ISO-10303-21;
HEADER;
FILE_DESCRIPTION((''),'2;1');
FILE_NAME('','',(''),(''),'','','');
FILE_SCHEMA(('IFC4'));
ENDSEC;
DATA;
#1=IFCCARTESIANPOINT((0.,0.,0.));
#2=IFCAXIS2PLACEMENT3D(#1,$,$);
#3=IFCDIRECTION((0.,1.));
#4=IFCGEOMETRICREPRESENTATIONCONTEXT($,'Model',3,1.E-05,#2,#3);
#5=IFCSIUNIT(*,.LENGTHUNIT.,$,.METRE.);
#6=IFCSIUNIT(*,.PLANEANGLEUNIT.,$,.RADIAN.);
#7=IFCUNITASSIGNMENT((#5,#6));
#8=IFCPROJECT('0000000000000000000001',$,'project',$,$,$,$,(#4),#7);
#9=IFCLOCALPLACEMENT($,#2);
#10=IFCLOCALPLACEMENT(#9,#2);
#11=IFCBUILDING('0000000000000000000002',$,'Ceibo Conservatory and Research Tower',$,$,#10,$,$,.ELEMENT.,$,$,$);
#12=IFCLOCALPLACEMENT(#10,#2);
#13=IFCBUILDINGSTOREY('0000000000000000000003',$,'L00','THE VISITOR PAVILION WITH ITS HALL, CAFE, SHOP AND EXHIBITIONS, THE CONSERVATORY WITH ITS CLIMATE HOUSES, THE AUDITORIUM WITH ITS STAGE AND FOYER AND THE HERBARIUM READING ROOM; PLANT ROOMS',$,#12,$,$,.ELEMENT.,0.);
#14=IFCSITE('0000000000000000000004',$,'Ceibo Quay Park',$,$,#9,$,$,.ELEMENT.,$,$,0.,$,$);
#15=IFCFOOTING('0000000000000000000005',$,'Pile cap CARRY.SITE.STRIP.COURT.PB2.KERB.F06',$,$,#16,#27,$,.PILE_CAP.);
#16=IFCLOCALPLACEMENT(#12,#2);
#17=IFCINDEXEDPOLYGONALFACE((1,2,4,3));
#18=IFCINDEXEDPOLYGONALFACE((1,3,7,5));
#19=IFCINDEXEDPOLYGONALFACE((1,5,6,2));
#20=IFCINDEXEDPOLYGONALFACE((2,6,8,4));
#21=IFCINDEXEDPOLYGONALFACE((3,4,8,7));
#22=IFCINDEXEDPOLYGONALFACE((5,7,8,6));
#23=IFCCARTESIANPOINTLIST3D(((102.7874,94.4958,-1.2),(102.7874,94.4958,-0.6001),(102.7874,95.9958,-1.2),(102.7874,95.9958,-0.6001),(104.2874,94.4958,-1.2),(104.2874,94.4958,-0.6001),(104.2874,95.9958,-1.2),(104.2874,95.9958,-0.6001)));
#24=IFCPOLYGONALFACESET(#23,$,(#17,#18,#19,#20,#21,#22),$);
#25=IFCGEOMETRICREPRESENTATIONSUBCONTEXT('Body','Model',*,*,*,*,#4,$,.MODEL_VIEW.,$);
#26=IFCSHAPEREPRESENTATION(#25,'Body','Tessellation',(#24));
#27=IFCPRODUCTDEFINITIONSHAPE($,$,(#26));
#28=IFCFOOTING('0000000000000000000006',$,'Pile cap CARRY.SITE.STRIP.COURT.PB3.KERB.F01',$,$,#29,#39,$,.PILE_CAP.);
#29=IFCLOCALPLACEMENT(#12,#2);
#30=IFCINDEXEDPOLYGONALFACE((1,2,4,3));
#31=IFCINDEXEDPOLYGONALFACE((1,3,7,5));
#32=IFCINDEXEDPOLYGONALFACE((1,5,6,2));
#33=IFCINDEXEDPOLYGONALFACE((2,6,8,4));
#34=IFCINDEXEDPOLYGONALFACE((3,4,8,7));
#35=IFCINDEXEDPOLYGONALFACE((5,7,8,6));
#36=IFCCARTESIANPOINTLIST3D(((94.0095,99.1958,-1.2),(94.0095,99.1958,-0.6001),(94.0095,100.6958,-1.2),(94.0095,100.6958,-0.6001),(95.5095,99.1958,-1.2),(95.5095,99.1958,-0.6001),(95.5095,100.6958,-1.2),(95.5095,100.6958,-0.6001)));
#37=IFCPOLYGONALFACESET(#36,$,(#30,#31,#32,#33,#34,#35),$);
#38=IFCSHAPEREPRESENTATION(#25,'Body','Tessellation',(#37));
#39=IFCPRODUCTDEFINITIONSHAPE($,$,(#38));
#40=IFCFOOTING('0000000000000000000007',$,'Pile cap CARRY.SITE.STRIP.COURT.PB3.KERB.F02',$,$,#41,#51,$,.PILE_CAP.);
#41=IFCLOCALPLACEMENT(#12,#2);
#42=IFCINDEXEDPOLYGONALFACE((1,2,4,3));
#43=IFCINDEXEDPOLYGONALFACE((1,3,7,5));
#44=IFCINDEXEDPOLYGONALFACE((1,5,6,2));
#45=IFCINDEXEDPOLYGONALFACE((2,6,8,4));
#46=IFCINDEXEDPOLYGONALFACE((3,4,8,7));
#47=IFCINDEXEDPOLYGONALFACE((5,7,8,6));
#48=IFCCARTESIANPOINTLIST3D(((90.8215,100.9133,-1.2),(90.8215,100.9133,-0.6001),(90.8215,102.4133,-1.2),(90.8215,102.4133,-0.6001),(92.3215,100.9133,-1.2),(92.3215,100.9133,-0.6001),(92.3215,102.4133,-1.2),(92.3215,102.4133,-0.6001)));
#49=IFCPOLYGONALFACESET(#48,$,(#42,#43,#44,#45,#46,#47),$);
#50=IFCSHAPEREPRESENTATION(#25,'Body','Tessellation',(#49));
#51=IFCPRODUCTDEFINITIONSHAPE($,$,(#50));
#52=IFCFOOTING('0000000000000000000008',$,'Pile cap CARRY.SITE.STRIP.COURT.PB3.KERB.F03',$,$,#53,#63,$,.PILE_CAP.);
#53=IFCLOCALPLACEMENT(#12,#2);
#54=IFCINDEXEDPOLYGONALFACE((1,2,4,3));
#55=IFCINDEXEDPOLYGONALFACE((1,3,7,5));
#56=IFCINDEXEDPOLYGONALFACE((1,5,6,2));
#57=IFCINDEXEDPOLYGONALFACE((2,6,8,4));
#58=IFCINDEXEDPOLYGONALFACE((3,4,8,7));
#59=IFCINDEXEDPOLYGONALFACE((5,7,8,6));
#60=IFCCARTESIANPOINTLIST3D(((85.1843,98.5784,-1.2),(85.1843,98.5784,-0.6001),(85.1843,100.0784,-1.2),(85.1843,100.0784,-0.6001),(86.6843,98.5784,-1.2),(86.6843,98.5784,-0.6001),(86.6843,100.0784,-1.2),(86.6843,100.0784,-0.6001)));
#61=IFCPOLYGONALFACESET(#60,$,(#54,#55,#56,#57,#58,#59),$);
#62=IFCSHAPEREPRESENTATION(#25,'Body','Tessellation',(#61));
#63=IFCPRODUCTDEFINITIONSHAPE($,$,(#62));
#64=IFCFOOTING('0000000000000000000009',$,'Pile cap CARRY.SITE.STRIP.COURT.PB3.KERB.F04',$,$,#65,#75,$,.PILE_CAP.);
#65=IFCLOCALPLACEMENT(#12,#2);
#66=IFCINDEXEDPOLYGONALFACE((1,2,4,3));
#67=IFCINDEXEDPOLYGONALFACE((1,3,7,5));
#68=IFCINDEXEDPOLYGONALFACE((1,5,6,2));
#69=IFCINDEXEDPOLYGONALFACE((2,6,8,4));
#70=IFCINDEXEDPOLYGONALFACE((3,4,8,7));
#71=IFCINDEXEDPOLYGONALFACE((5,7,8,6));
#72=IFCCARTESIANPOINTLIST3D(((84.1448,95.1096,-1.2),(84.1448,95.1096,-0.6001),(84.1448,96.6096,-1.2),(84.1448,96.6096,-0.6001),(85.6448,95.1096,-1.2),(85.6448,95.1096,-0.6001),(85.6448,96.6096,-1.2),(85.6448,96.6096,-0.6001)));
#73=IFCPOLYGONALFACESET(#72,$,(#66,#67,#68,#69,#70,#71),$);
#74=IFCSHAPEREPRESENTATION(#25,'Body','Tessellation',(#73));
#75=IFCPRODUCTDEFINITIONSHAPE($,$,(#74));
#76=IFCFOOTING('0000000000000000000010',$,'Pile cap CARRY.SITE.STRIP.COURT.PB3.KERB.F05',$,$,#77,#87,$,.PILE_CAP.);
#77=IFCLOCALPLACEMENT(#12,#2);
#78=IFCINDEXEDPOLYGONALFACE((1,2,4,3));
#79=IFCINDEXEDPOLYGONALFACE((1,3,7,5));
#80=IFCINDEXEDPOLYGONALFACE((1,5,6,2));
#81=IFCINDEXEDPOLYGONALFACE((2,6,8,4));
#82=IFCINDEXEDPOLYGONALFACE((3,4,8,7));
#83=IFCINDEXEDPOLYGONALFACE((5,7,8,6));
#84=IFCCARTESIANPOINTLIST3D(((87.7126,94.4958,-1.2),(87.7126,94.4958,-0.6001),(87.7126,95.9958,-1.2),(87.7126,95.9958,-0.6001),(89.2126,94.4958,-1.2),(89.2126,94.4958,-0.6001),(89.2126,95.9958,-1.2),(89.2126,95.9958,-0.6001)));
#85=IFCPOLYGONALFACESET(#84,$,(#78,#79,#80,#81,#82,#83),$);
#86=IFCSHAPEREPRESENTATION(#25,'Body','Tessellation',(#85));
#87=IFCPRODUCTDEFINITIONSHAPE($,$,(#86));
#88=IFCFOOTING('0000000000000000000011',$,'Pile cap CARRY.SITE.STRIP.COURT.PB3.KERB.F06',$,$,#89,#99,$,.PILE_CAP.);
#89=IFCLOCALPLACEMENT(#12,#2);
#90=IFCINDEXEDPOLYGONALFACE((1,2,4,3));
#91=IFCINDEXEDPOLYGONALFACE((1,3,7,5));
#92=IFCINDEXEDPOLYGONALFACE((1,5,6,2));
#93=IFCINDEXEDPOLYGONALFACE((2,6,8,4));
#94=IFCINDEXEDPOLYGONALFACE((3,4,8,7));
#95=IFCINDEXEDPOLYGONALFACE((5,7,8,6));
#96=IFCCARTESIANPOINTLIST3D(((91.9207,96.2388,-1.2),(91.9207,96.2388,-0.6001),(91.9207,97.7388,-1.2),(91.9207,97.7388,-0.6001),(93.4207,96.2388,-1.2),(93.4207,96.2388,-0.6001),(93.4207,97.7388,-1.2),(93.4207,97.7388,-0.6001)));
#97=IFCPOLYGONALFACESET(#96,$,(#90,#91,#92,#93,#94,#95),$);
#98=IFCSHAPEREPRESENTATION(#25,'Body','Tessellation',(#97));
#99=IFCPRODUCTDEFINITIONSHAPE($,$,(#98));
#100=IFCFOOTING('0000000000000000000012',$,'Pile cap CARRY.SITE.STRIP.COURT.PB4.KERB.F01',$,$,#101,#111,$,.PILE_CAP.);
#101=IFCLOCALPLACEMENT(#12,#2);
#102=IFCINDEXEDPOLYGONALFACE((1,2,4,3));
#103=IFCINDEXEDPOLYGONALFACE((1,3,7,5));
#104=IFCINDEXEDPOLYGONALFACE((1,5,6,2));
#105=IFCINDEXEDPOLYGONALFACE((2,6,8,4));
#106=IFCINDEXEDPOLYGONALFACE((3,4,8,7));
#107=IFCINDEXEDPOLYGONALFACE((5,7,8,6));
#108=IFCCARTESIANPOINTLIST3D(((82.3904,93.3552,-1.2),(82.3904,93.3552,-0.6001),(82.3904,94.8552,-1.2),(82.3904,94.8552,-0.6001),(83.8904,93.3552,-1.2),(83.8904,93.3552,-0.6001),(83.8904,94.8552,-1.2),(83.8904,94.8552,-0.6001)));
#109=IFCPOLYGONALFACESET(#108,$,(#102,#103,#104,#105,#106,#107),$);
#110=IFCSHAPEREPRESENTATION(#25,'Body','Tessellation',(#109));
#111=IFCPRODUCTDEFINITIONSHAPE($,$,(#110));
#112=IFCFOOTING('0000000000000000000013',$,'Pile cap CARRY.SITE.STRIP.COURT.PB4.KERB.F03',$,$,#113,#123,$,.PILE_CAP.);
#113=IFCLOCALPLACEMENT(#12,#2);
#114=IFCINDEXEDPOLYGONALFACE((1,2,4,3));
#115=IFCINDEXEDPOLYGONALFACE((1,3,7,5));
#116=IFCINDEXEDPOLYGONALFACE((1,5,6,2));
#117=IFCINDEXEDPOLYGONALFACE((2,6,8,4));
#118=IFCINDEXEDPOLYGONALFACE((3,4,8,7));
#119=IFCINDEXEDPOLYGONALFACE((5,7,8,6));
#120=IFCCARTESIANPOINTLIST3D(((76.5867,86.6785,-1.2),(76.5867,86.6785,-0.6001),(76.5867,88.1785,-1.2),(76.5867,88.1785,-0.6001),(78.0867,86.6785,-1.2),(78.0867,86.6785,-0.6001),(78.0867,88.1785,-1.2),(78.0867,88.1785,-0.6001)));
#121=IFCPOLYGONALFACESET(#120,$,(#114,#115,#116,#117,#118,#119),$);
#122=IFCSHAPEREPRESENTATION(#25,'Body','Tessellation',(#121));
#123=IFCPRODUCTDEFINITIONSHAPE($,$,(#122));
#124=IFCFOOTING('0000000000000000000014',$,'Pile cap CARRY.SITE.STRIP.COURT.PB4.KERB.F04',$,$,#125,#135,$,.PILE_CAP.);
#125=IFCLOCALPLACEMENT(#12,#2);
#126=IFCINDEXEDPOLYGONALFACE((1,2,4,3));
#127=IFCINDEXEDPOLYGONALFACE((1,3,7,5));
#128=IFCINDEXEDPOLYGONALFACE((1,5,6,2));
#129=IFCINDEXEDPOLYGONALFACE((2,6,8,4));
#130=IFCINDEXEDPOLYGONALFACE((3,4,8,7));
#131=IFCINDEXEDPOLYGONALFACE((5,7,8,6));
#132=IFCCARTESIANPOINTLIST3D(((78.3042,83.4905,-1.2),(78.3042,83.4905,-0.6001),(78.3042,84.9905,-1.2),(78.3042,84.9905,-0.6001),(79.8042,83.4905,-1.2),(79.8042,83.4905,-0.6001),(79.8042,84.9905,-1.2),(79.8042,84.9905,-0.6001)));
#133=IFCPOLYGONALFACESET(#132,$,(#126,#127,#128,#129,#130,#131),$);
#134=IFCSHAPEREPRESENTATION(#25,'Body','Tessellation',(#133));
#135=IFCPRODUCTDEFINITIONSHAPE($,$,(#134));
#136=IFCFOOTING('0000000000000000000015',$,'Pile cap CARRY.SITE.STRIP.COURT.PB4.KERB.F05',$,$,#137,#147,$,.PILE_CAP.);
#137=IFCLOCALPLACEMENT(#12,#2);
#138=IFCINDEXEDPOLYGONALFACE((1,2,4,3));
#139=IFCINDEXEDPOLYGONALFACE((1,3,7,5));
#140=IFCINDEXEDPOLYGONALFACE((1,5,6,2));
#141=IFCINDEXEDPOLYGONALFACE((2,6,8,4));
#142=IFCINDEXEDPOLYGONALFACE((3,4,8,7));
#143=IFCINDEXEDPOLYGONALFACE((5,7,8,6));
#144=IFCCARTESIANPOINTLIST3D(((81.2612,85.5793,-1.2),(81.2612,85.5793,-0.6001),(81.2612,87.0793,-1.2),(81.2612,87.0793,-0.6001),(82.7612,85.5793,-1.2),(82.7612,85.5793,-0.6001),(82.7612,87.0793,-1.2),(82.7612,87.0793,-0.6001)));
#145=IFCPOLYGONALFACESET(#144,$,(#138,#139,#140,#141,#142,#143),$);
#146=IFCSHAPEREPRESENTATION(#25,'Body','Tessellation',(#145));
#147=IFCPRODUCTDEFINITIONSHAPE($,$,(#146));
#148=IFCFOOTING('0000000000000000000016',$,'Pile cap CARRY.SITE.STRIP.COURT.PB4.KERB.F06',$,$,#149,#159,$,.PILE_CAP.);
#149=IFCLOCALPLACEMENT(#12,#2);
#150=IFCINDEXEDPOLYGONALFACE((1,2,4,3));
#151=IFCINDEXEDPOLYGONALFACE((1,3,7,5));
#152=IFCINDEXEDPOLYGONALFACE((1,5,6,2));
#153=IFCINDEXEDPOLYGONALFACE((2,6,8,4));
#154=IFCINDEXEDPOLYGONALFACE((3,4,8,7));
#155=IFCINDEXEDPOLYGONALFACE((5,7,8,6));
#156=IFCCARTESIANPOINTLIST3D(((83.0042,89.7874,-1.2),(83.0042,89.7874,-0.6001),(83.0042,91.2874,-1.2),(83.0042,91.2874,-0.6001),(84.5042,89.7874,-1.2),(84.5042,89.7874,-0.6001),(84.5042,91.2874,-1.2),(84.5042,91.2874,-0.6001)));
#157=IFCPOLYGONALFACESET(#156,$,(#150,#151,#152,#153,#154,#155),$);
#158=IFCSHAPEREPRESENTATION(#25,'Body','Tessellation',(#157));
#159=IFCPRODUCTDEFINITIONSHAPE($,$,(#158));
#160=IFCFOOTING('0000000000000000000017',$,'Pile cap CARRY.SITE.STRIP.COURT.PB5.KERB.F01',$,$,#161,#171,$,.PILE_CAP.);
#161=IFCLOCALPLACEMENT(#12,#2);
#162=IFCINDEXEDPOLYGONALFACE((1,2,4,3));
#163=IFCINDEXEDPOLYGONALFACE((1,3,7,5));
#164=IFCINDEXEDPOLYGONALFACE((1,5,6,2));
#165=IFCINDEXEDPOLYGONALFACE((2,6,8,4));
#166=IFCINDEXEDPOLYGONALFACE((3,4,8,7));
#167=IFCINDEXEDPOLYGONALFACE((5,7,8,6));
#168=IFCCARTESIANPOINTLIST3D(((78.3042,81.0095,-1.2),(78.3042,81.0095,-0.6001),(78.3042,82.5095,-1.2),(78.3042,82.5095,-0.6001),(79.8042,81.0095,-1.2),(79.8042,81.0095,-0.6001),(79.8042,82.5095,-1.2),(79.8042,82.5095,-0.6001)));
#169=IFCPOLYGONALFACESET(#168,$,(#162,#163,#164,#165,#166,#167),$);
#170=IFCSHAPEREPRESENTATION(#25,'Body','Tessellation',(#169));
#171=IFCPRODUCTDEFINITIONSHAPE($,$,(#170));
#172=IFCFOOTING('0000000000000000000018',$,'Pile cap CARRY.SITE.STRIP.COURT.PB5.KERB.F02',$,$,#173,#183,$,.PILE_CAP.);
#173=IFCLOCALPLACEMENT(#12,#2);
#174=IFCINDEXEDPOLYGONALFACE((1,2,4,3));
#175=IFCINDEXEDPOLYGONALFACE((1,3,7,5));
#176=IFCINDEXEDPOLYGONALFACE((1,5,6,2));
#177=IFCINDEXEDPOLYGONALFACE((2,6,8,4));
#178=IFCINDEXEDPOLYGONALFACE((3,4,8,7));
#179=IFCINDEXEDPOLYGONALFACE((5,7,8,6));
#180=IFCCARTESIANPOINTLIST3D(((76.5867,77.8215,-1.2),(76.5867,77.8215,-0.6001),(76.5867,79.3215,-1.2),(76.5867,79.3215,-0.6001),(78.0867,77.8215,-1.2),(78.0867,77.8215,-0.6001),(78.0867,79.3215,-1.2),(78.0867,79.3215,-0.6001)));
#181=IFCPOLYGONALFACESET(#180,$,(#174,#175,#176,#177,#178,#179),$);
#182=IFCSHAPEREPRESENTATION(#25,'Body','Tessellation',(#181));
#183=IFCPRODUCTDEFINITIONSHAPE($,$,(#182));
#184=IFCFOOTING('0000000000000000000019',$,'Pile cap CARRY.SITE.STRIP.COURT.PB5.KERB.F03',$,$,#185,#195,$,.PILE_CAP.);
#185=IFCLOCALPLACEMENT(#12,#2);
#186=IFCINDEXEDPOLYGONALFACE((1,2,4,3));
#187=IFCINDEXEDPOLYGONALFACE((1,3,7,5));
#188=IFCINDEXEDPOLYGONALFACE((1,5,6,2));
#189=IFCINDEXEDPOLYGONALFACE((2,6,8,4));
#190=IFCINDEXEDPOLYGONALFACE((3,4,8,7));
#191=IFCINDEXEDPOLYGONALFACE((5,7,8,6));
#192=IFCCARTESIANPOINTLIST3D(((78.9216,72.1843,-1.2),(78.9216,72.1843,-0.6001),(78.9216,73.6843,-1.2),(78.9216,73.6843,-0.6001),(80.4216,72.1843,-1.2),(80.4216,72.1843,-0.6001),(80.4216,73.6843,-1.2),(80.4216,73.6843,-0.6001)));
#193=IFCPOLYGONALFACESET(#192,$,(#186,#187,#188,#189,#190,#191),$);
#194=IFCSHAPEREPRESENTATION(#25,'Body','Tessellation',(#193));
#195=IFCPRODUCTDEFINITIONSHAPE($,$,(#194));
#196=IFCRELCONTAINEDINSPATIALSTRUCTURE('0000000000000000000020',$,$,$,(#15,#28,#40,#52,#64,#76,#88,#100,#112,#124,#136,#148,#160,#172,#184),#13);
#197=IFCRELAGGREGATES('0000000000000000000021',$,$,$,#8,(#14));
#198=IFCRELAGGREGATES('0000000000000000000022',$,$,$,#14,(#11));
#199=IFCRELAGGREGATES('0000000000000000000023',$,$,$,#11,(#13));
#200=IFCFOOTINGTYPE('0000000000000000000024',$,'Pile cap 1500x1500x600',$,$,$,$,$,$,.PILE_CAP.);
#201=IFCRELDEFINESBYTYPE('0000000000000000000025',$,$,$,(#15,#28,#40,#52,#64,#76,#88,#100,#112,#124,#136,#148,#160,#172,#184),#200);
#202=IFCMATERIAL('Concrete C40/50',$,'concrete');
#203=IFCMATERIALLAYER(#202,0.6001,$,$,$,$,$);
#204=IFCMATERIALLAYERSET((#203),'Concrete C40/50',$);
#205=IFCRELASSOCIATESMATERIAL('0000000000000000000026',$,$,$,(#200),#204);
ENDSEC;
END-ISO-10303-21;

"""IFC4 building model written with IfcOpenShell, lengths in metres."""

from ifc_helpers import new_model, si_unit, direction, frame, origin, place, context, subcontext, project, spatial, polyline, outline, extrude, material, layer, layer_set, type_object, element, save


model = new_model("IFC4")

# Units and contexts
model_context = context("Model", 3, precision=1e-05, world=origin(), true_north=direction((0.0, 1.0)))
body_context = subcontext(model_context, "Body", "Model", "MODEL_VIEW")
ifc_project = project(units=[si_unit("LENGTHUNIT", "METRE"), si_unit("PLANEANGLEUNIT", "RADIAN")], contexts=[model_context])

# Site, building, storey
site_placement = place(None, origin())
site = spatial("IfcSite", under=ifc_project, at=site_placement, Name="Ceibo Quay Park", CompositionType="ELEMENT", RefElevation=0.0)
building_placement = place(site_placement, origin())
building = spatial("IfcBuilding", under=site, at=building_placement, Name="Ceibo Conservatory and Research Tower", CompositionType="ELEMENT")
storey_placement = place(building_placement, origin())
storey = spatial("IfcBuildingStorey", under=building, at=storey_placement, Name="L00", Description="THE VISITOR PAVILION WITH ITS HALL, CAFE, SHOP AND EXHIBITIONS, THE CONSERVATORY WITH ITS CLIMATE HOUSES, THE AUDITORIUM WITH ITS STAGE AND FOYER AND THE HERBARIUM READING ROOM; PLANT ROOMS", CompositionType="ELEMENT", Elevation=0.0)

# Footings
ifc_material = material(Name="Concrete C40/50", Category="concrete")
ifc_layer = layer(ifc_material, 0.6001)
ifc_layer_set = layer_set([ifc_layer], Name="Concrete C40/50")
footing_type = type_object("IfcFootingType", Name="Pile cap 1500x1500x600", PredefinedType="PILE_CAP", material=ifc_layer_set)
footing_1_placement = place(storey_placement, frame((0.0, 0.0, -1.2)))
element("IfcFooting", 1, at=footing_1_placement, inside=storey, type_object=footing_type, Name="Pile cap CARRY.SITE.STRIP.COURT.PB2.KERB.F06", PredefinedType="PILE_CAP", context=body_context, shape_type="SweptSolid", body=[
    extrude(outline(polyline([(104.2874, 94.4958), (104.2874, 95.9958), (102.7874, 95.9958), (102.7874, 94.4958), (104.2874, 94.4958)])), origin(), (0.0, 0.0, 1.0), 0.5999),
])
footing_2_placement = place(storey_placement, frame((0.0, 0.0, -1.2)))
element("IfcFooting", 2, at=footing_2_placement, inside=storey, type_object=footing_type, Name="Pile cap CARRY.SITE.STRIP.COURT.PB3.KERB.F01", PredefinedType="PILE_CAP", context=body_context, shape_type="SweptSolid", body=[
    extrude(outline(polyline([(95.5095, 99.1958), (95.5095, 100.6958), (94.0095, 100.6958), (94.0095, 99.1958), (95.5095, 99.1958)])), origin(), (0.0, 0.0, 1.0), 0.5999),
])
footing_3_placement = place(storey_placement, frame((0.0, 0.0, -1.2)))
element("IfcFooting", 3, at=footing_3_placement, inside=storey, type_object=footing_type, Name="Pile cap CARRY.SITE.STRIP.COURT.PB3.KERB.F02", PredefinedType="PILE_CAP", context=body_context, shape_type="SweptSolid", body=[
    extrude(outline(polyline([(92.3215, 100.9133), (92.3215, 102.4133), (90.8215, 102.4133), (90.8215, 100.9133), (92.3215, 100.9133)])), origin(), (0.0, 0.0, 1.0), 0.5999),
])
footing_4_placement = place(storey_placement, frame((0.0, 0.0, -1.2)))
element("IfcFooting", 4, at=footing_4_placement, inside=storey, type_object=footing_type, Name="Pile cap CARRY.SITE.STRIP.COURT.PB3.KERB.F03", PredefinedType="PILE_CAP", context=body_context, shape_type="SweptSolid", body=[
    extrude(outline(polyline([(86.6843, 98.5784), (86.6843, 100.0784), (85.1843, 100.0784), (85.1843, 98.5784), (86.6843, 98.5784)])), origin(), (0.0, 0.0, 1.0), 0.5999),
])
footing_5_placement = place(storey_placement, frame((0.0, 0.0, -1.2)))
element("IfcFooting", 5, at=footing_5_placement, inside=storey, type_object=footing_type, Name="Pile cap CARRY.SITE.STRIP.COURT.PB3.KERB.F04", PredefinedType="PILE_CAP", context=body_context, shape_type="SweptSolid", body=[
    extrude(outline(polyline([(85.6448, 95.1096), (85.6448, 96.6096), (84.1448, 96.6096), (84.1448, 95.1096), (85.6448, 95.1096)])), origin(), (0.0, 0.0, 1.0), 0.5999),
])
footing_6_placement = place(storey_placement, frame((0.0, 0.0, -1.2)))
element("IfcFooting", 6, at=footing_6_placement, inside=storey, type_object=footing_type, Name="Pile cap CARRY.SITE.STRIP.COURT.PB3.KERB.F05", PredefinedType="PILE_CAP", context=body_context, shape_type="SweptSolid", body=[
    extrude(outline(polyline([(89.2126, 94.4958), (89.2126, 95.9958), (87.7126, 95.9958), (87.7126, 94.4958), (89.2126, 94.4958)])), origin(), (0.0, 0.0, 1.0), 0.5999),
])
footing_7_placement = place(storey_placement, frame((0.0, 0.0, -1.2)))
element("IfcFooting", 7, at=footing_7_placement, inside=storey, type_object=footing_type, Name="Pile cap CARRY.SITE.STRIP.COURT.PB3.KERB.F06", PredefinedType="PILE_CAP", context=body_context, shape_type="SweptSolid", body=[
    extrude(outline(polyline([(93.4207, 96.2388), (93.4207, 97.7388), (91.9207, 97.7388), (91.9207, 96.2388), (93.4207, 96.2388)])), origin(), (0.0, 0.0, 1.0), 0.5999),
])
footing_8_placement = place(storey_placement, frame((0.0, 0.0, -1.2)))
element("IfcFooting", 8, at=footing_8_placement, inside=storey, type_object=footing_type, Name="Pile cap CARRY.SITE.STRIP.COURT.PB4.KERB.F01", PredefinedType="PILE_CAP", context=body_context, shape_type="SweptSolid", body=[
    extrude(outline(polyline([(83.8904, 93.3552), (83.8904, 94.8552), (82.3904, 94.8552), (82.3904, 93.3552), (83.8904, 93.3552)])), origin(), (0.0, 0.0, 1.0), 0.5999),
])
footing_9_placement = place(storey_placement, frame((0.0, 0.0, -1.2)))
element("IfcFooting", 9, at=footing_9_placement, inside=storey, type_object=footing_type, Name="Pile cap CARRY.SITE.STRIP.COURT.PB4.KERB.F03", PredefinedType="PILE_CAP", context=body_context, shape_type="SweptSolid", body=[
    extrude(outline(polyline([(78.0867, 86.6785), (78.0867, 88.1785), (76.5867, 88.1785), (76.5867, 86.6785), (78.0867, 86.6785)])), origin(), (0.0, 0.0, 1.0), 0.5999),
])
footing_10_placement = place(storey_placement, frame((0.0, 0.0, -1.2)))
element("IfcFooting", 10, at=footing_10_placement, inside=storey, type_object=footing_type, Name="Pile cap CARRY.SITE.STRIP.COURT.PB4.KERB.F04", PredefinedType="PILE_CAP", context=body_context, shape_type="SweptSolid", body=[
    extrude(outline(polyline([(79.8042, 83.4905), (79.8042, 84.9905), (78.3042, 84.9905), (78.3042, 83.4905), (79.8042, 83.4905)])), origin(), (0.0, 0.0, 1.0), 0.5999),
])
footing_11_placement = place(storey_placement, frame((0.0, 0.0, -1.2)))
element("IfcFooting", 11, at=footing_11_placement, inside=storey, type_object=footing_type, Name="Pile cap CARRY.SITE.STRIP.COURT.PB4.KERB.F05", PredefinedType="PILE_CAP", context=body_context, shape_type="SweptSolid", body=[
    extrude(outline(polyline([(82.7612, 85.5793), (82.7612, 87.0793), (81.2612, 87.0793), (81.2612, 85.5793), (82.7612, 85.5793)])), origin(), (0.0, 0.0, 1.0), 0.5999),
])
footing_12_placement = place(storey_placement, frame((0.0, 0.0, -1.2)))
element("IfcFooting", 12, at=footing_12_placement, inside=storey, type_object=footing_type, Name="Pile cap CARRY.SITE.STRIP.COURT.PB4.KERB.F06", PredefinedType="PILE_CAP", context=body_context, shape_type="SweptSolid", body=[
    extrude(outline(polyline([(84.5042, 89.7874), (84.5042, 91.2874), (83.0042, 91.2874), (83.0042, 89.7874), (84.5042, 89.7874)])), origin(), (0.0, 0.0, 1.0), 0.5999),
])
footing_13_placement = place(storey_placement, frame((0.0, 0.0, -1.2)))
element("IfcFooting", 13, at=footing_13_placement, inside=storey, type_object=footing_type, Name="Pile cap CARRY.SITE.STRIP.COURT.PB5.KERB.F01", PredefinedType="PILE_CAP", context=body_context, shape_type="SweptSolid", body=[
    extrude(outline(polyline([(79.8042, 81.0095), (79.8042, 82.5095), (78.3042, 82.5095), (78.3042, 81.0095), (79.8042, 81.0095)])), origin(), (0.0, 0.0, 1.0), 0.5999),
])
footing_14_placement = place(storey_placement, frame((0.0, 0.0, -1.2)))
element("IfcFooting", 14, at=footing_14_placement, inside=storey, type_object=footing_type, Name="Pile cap CARRY.SITE.STRIP.COURT.PB5.KERB.F02", PredefinedType="PILE_CAP", context=body_context, shape_type="SweptSolid", body=[
    extrude(outline(polyline([(78.0867, 77.8215), (78.0867, 79.3215), (76.5867, 79.3215), (76.5867, 77.8215), (78.0867, 77.8215)])), origin(), (0.0, 0.0, 1.0), 0.5999),
])
footing_15_placement = place(storey_placement, frame((0.0, 0.0, -1.2)))
element("IfcFooting", 15, at=footing_15_placement, inside=storey, type_object=footing_type, Name="Pile cap CARRY.SITE.STRIP.COURT.PB5.KERB.F03", PredefinedType="PILE_CAP", context=body_context, shape_type="SweptSolid", body=[
    extrude(outline(polyline([(80.4216, 72.1843), (80.4216, 73.6843), (78.9216, 73.6843), (78.9216, 72.1843), (80.4216, 72.1843)])), origin(), (0.0, 0.0, 1.0), 0.5999),
])

save(model, "model.ifc")
